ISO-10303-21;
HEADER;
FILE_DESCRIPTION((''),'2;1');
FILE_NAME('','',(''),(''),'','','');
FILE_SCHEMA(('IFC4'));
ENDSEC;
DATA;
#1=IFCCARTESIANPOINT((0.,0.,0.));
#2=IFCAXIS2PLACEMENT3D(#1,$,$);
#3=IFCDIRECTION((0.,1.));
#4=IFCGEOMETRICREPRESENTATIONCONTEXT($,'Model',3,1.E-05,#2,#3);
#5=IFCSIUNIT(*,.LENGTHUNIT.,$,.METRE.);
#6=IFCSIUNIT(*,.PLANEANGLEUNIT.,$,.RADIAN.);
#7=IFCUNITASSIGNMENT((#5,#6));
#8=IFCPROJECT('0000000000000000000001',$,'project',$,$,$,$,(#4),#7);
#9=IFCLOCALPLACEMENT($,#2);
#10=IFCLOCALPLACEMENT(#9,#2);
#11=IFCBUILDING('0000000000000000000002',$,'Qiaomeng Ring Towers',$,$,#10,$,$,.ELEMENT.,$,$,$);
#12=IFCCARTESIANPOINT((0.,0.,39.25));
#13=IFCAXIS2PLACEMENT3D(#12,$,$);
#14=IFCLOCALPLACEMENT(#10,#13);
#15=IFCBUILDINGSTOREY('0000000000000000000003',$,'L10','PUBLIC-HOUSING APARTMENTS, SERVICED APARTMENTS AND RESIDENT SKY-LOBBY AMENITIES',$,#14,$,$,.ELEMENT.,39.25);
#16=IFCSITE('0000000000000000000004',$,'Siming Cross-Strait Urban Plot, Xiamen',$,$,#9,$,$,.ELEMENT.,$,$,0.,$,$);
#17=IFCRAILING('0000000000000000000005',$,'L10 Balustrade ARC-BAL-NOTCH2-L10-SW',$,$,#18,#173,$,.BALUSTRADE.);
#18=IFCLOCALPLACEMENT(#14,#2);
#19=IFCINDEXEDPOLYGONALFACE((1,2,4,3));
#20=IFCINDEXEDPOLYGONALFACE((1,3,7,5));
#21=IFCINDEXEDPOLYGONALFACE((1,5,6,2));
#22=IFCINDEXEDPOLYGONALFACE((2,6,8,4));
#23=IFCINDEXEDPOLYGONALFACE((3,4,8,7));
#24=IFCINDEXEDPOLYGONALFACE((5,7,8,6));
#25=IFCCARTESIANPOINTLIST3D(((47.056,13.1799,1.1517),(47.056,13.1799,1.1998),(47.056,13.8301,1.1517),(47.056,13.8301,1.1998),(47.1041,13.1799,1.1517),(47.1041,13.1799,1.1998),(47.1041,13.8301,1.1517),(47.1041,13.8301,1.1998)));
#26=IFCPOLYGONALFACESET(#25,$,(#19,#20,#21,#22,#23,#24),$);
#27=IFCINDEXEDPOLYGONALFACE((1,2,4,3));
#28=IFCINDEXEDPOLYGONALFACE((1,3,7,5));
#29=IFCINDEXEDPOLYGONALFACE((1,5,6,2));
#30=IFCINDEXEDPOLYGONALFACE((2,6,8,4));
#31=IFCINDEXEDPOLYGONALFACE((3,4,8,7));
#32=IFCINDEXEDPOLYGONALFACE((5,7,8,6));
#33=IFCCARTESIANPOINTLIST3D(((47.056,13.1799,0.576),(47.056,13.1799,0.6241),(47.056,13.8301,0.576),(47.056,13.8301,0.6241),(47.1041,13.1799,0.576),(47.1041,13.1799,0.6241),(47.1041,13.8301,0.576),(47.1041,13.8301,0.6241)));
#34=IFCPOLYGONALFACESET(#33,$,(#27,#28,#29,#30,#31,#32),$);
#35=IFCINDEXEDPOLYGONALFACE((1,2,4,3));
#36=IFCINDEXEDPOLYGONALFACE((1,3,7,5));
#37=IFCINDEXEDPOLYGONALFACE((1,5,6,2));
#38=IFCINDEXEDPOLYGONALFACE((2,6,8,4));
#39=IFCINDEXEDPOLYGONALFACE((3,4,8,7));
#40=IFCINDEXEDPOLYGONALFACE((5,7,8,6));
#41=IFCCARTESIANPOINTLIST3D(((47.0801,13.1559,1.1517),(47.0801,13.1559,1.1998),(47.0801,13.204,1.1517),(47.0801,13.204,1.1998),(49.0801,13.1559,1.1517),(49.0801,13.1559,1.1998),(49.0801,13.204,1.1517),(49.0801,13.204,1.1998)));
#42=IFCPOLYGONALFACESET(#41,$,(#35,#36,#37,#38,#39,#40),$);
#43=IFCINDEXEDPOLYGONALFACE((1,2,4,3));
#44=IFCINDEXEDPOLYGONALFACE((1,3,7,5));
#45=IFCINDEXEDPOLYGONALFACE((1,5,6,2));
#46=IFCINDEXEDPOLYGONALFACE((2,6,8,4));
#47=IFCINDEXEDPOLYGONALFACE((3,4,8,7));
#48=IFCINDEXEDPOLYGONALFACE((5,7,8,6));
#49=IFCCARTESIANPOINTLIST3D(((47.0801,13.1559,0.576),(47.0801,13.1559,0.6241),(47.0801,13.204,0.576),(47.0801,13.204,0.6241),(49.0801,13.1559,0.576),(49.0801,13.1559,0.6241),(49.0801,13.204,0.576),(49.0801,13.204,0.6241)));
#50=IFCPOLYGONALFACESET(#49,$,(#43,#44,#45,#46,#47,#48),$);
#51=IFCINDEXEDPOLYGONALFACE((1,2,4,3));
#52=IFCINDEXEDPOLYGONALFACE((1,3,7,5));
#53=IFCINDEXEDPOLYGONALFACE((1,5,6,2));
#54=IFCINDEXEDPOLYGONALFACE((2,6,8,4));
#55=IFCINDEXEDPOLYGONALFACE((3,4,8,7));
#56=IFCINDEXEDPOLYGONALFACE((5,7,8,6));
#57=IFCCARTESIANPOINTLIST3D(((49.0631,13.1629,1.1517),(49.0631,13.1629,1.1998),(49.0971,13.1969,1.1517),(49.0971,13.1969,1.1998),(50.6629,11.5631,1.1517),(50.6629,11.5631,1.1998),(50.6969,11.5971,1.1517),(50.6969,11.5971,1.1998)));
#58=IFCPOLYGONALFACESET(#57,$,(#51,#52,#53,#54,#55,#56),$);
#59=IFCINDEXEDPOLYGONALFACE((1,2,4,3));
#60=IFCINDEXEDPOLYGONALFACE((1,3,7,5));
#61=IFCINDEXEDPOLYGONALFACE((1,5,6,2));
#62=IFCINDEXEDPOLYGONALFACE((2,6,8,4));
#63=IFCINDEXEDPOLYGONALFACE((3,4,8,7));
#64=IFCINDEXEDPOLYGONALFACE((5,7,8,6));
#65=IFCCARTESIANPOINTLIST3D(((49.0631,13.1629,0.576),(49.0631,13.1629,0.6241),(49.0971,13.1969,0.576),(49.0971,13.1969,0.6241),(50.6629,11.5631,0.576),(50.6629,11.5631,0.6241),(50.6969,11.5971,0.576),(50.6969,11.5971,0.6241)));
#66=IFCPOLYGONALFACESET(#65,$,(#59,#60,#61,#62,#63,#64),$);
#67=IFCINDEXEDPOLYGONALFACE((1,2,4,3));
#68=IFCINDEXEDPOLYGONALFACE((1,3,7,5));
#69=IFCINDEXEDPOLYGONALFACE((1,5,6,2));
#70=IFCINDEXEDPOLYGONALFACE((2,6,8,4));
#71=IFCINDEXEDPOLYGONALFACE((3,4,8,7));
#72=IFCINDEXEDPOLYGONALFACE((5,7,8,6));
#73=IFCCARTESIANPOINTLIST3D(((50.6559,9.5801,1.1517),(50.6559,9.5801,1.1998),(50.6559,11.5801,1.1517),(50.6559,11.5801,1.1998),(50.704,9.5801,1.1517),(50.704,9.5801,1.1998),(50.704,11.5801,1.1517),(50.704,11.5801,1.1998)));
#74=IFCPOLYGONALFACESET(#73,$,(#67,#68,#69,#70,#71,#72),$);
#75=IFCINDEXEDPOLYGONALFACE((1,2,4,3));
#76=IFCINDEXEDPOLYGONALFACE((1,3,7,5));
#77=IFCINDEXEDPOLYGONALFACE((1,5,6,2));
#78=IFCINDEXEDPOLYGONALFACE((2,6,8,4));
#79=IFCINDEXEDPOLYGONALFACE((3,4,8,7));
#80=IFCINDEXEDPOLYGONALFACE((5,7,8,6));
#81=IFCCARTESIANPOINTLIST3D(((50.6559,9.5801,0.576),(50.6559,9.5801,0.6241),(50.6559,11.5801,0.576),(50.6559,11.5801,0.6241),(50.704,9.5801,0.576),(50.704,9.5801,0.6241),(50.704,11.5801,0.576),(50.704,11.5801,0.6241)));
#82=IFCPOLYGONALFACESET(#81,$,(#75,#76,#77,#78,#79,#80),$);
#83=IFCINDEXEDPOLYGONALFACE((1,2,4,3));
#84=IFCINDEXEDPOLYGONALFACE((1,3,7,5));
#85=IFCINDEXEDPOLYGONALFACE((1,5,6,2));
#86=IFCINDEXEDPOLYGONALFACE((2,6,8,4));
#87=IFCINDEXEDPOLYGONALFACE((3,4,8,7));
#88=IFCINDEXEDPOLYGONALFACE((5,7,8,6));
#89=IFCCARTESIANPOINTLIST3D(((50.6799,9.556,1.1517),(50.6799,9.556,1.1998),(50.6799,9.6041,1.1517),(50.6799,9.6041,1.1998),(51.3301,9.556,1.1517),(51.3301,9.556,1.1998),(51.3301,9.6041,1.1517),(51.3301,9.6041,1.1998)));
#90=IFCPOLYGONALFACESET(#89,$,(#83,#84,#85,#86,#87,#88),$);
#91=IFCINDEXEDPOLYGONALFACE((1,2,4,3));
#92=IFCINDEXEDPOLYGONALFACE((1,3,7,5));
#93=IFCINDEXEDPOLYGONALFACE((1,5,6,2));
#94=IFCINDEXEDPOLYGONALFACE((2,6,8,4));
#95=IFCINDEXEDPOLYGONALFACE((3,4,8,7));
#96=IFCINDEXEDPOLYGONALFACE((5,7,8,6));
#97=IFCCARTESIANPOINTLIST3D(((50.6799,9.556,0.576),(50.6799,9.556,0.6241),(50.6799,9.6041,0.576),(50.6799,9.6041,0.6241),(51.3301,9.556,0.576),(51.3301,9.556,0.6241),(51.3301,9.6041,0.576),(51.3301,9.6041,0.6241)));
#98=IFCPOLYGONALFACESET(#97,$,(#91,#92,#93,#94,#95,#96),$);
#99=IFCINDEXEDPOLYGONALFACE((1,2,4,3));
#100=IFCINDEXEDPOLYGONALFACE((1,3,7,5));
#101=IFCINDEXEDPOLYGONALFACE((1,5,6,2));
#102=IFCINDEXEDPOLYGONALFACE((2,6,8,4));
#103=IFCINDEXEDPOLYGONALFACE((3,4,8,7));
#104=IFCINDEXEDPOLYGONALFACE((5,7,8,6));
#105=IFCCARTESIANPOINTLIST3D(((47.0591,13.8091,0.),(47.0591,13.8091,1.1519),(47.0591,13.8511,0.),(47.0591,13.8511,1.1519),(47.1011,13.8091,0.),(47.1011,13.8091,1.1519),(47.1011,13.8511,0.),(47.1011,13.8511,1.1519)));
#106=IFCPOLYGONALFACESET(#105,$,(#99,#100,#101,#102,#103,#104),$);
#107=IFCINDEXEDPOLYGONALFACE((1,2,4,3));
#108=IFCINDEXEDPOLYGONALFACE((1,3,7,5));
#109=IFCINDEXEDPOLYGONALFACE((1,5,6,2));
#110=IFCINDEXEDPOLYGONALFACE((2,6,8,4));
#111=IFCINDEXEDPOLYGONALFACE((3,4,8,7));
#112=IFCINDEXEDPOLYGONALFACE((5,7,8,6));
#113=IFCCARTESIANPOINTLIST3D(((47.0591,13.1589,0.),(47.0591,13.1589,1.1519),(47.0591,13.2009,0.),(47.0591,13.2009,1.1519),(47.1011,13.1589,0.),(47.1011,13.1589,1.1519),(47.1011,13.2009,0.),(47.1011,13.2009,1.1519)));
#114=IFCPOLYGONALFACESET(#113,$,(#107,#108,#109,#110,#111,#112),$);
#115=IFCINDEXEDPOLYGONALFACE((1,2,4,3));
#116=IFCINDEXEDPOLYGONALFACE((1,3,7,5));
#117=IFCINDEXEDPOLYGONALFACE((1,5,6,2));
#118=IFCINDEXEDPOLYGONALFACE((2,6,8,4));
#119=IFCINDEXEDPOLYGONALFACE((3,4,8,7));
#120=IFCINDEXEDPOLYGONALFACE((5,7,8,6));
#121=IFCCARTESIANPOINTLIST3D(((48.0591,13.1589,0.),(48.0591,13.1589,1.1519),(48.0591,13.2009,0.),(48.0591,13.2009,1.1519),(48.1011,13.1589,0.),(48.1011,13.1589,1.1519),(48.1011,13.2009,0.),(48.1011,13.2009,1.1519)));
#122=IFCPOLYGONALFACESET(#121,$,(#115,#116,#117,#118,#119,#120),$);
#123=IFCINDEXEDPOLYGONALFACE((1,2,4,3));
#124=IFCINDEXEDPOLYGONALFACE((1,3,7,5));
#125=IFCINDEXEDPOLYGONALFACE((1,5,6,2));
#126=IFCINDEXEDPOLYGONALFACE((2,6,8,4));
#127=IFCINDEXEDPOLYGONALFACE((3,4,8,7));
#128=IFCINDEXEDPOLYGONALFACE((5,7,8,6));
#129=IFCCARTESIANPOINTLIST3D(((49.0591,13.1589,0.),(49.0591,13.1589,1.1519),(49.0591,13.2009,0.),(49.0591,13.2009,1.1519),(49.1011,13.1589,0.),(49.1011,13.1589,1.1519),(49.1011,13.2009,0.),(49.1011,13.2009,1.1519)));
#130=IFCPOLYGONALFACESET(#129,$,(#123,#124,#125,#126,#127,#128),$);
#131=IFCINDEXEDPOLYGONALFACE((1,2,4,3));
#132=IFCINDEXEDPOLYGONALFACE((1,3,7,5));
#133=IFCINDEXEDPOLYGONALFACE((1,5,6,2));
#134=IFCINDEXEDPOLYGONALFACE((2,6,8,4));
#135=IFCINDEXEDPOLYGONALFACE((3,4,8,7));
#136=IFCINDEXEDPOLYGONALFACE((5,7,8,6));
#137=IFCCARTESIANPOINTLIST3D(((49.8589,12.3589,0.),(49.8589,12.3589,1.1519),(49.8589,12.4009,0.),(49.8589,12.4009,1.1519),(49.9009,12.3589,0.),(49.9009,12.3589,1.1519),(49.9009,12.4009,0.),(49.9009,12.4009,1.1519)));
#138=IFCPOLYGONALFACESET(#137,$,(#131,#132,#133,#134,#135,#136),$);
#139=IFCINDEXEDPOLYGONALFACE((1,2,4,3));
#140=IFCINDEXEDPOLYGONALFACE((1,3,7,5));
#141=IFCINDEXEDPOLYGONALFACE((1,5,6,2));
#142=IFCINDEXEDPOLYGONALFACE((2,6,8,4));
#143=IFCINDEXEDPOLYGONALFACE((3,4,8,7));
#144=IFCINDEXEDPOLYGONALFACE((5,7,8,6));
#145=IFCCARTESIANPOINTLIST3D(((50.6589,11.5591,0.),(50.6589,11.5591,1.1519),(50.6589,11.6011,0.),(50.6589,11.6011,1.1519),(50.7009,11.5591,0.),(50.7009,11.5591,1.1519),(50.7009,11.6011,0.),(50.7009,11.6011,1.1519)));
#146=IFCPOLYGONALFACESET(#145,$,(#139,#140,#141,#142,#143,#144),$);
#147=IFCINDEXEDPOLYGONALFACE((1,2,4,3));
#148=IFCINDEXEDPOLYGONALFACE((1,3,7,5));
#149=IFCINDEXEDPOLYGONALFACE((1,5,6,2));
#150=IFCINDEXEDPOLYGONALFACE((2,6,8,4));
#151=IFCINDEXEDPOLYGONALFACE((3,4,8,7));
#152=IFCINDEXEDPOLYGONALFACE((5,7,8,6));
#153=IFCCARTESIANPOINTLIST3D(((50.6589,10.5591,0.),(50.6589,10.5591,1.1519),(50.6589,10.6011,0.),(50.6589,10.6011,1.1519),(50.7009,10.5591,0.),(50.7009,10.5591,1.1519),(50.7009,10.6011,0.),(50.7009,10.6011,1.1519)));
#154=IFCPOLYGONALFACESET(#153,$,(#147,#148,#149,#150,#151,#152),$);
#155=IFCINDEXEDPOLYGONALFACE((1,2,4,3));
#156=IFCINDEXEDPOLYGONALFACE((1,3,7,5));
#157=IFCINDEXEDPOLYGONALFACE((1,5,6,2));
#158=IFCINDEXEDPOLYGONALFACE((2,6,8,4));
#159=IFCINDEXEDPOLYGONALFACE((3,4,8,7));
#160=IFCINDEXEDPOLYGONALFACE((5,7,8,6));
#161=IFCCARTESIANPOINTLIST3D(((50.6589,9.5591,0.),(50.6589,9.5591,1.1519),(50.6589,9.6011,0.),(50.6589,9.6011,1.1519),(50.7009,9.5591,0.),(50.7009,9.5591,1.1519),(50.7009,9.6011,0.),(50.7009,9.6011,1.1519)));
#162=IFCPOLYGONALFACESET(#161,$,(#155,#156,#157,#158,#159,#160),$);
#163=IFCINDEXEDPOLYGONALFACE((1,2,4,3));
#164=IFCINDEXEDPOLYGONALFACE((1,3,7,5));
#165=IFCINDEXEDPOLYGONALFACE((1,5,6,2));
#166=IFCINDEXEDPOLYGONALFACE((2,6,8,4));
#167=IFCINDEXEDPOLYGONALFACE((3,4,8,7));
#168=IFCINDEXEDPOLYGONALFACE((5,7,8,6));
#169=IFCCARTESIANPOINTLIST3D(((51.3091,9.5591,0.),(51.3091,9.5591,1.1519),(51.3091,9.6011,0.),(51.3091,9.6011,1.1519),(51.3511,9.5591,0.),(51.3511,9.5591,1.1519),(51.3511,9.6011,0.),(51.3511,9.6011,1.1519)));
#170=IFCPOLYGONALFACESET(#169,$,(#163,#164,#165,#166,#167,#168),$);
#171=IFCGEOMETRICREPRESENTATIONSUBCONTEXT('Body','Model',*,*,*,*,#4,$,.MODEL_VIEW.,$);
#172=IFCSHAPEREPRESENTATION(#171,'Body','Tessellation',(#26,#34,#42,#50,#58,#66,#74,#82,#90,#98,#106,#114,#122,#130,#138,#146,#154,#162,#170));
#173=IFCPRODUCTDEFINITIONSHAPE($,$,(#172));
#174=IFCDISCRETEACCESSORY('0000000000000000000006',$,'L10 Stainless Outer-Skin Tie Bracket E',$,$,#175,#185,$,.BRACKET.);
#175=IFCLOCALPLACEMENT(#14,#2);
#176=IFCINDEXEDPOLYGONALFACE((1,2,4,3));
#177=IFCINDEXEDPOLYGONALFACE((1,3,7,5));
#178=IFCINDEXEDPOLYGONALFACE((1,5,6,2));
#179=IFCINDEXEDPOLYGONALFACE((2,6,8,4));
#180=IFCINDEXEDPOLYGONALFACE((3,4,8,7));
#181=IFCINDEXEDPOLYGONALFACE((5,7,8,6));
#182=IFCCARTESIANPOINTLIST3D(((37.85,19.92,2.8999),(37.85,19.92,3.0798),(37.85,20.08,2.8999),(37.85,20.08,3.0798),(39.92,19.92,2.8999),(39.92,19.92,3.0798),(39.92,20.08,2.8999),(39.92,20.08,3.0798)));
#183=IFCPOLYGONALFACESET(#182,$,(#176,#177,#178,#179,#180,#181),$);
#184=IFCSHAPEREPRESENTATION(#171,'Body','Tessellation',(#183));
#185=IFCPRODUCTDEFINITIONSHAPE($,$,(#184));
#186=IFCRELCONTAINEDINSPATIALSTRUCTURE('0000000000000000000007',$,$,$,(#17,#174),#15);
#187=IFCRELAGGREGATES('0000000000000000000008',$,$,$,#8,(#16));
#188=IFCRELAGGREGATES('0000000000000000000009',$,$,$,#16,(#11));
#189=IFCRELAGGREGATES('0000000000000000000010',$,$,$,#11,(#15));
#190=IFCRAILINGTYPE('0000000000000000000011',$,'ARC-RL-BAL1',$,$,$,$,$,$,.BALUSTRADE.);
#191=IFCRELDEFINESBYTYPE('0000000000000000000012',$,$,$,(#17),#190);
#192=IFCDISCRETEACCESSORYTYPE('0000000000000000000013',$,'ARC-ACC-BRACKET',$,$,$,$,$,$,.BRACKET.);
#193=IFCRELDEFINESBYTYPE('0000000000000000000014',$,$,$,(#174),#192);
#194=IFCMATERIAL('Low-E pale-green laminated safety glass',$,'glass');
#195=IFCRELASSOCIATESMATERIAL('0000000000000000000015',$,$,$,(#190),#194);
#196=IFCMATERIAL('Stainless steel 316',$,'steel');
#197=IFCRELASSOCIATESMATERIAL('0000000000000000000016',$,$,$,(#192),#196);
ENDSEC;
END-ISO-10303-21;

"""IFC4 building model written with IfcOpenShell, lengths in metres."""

from ifc_helpers import new_model, si_unit, direction, frame, origin, origin_2d, place, context, subcontext, project, spatial, rectangle, extrude, source, transform, mapped, material, type_object, element, save


model = new_model("IFC4")

# Units and contexts
model_context = context("Model", 3, precision=1e-05, world=origin(), true_north=direction((0.0, 1.0)))
body_context = subcontext(model_context, "Body", "Model", "MODEL_VIEW")
ifc_project = project(units=[si_unit("LENGTHUNIT", "METRE"), si_unit("PLANEANGLEUNIT", "RADIAN")], contexts=[model_context])

# Site, building, storey
site_placement = place(None, origin())
site = spatial("IfcSite", under=ifc_project, at=site_placement, Name="Siming Cross-Strait Urban Plot, Xiamen", CompositionType="ELEMENT", RefElevation=0.0)
building_placement = place(site_placement, origin())
building = spatial("IfcBuilding", under=site, at=building_placement, Name="Qiaomeng Ring Towers", CompositionType="ELEMENT")
storey_placement = place(building_placement, frame((0.0, 0.0, 39.25)))
storey = spatial("IfcBuildingStorey", under=building, at=storey_placement, Name="L10", Description="PUBLIC-HOUSING APARTMENTS, SERVICED APARTMENTS AND RESIDENT SKY-LOBBY AMENITIES", CompositionType="ELEMENT", Elevation=39.25)

# Shared definitions
ifc_material_1 = material(Name="Stainless steel 316", Category="steel")

# Railing
ifc_material_2 = material(Name="Low-E pale-green laminated safety glass", Category="glass")
railing_type = type_object("IfcRailingType", Name="ARC-RL-BAL1", PredefinedType="BALUSTRADE", material=ifc_material_2)
railing_1_placement = place(storey_placement, frame((47.0801, 13.8301, 0.0)))
element("IfcRailing", 1, at=railing_1_placement, inside=storey, type_object=railing_type, Name="L10 Balustrade ARC-BAL-NOTCH2-L10-SW", PredefinedType="BALUSTRADE", context=body_context, shape_type="SweptSolid", body=[
    extrude(rectangle(XDim=0.0481, YDim=0.0481, at=origin_2d()), frame((0.0, 0.0, 1.1758), z_axis=(0.0, -1.0, 0.0), x_axis=(1.0, 0.0, 0.0)), (0.0, 0.0, 1.0), 0.6501),
    extrude(rectangle(XDim=0.0481, YDim=0.0481, at=origin_2d()), frame((0.0, 0.0, 0.6001), z_axis=(0.0, -1.0, 0.0), x_axis=(1.0, 0.0, 0.0)), (0.0, 0.0, 1.0), 0.6501),
    extrude(rectangle(XDim=0.0481, YDim=0.0481, at=origin_2d()), frame((0.0, -0.6501, 1.1758), z_axis=(1.0, 0.0, 0.0), x_axis=(0.0, 1.0, 0.0)), (0.0, 0.0, 1.0), 2.0),
    extrude(rectangle(XDim=0.0481, YDim=0.0481, at=origin_2d()), frame((0.0, -0.6501, 0.6001), z_axis=(1.0, 0.0, 0.0), x_axis=(0.0, 1.0, 0.0)), (0.0, 0.0, 1.0), 2.0),
    extrude(rectangle(XDim=0.0481, YDim=0.0481, at=origin_2d()), frame((2.0, -0.6501, 1.1758), z_axis=(0.707107, -0.707107, 0.0), x_axis=(0.707107, 0.707107, 0.0)), (0.0, 0.0, 1.0), 2.2625),
    extrude(rectangle(XDim=0.0481, YDim=0.0481, at=origin_2d()), frame((2.0, -0.6501, 0.6001), z_axis=(0.707107, -0.707107, 0.0), x_axis=(0.707107, 0.707107, 0.0)), (0.0, 0.0, 1.0), 2.2625),
    extrude(rectangle(XDim=0.0481, YDim=0.0481, at=origin_2d()), frame((3.5999, -2.25, 1.1758), z_axis=(0.0, -1.0, 0.0), x_axis=(1.0, 0.0, 0.0)), (0.0, 0.0, 1.0), 2.0),
    extrude(rectangle(XDim=0.0481, YDim=0.0481, at=origin_2d()), frame((3.5999, -2.25, 0.6001), z_axis=(0.0, -1.0, 0.0), x_axis=(1.0, 0.0, 0.0)), (0.0, 0.0, 1.0), 2.0),
    extrude(rectangle(XDim=0.0481, YDim=0.0481, at=origin_2d()), frame((3.5999, -4.25, 1.1758), z_axis=(1.0, 0.0, 0.0), x_axis=(0.0, 1.0, 0.0)), (0.0, 0.0, 1.0), 0.6501),
    extrude(rectangle(XDim=0.0481, YDim=0.0481, at=origin_2d()), frame((3.5999, -4.25, 0.6001), z_axis=(1.0, 0.0, 0.0), x_axis=(0.0, 1.0, 0.0)), (0.0, 0.0, 1.0), 0.6501),
    extrude(rectangle(XDim=0.042, YDim=0.042, at=origin_2d()), origin(), (0.0, 0.0, 1.0), 1.1519),
    extrude(rectangle(XDim=0.042, YDim=0.042, at=origin_2d()), frame((0.0, -0.6501, 0.0)), (0.0, 0.0, 1.0), 1.1519),
    extrude(rectangle(XDim=0.042, YDim=0.042, at=origin_2d()), frame((1.0, -0.6501, 0.0)), (0.0, 0.0, 1.0), 1.1519),
    extrude(rectangle(XDim=0.042, YDim=0.042, at=origin_2d()), frame((2.0, -0.6501, 0.0)), (0.0, 0.0, 1.0), 1.1519),
    extrude(rectangle(XDim=0.042, YDim=0.042, at=origin_2d()), frame((2.7998, -1.4502, 0.0)), (0.0, 0.0, 1.0), 1.1519),
    extrude(rectangle(XDim=0.042, YDim=0.042, at=origin_2d()), frame((3.5999, -2.25, 0.0)), (0.0, 0.0, 1.0), 1.1519),
    extrude(rectangle(XDim=0.042, YDim=0.042, at=origin_2d()), frame((3.5999, -3.25, 0.0)), (0.0, 0.0, 1.0), 1.1519),
    extrude(rectangle(XDim=0.042, YDim=0.042, at=origin_2d()), frame((3.5999, -4.25, 0.0)), (0.0, 0.0, 1.0), 1.1519),
    extrude(rectangle(XDim=0.042, YDim=0.042, at=origin_2d()), frame((4.25, -4.25, 0.0)), (0.0, 0.0, 1.0), 1.1519),
])

# Discrete accessory
discrete_accessory_type = type_object("IfcDiscreteAccessoryType", Name="ARC-ACC-BRACKET", PredefinedType="BRACKET", material=ifc_material_1)
shared_shape_1 = source(origin(), body_context, "Body", "SweptSolid", [
    extrude(rectangle(XDim=2.0701, YDim=0.1599, at=origin_2d()), origin(), (0.0, 0.0, 1.0), 0.1799),
])
discrete_accessory_placement = place(storey_placement, frame((38.885, 20.0, 2.8999), z_axis=(0.0, 0.0, 1.0), x_axis=(1.0, 0.0, 0.0)))
element("IfcDiscreteAccessory", 2, at=discrete_accessory_placement, inside=storey, type_object=discrete_accessory_type, Name="L10 Stainless Outer-Skin Tie Bracket E", PredefinedType="BRACKET", context=body_context, shape_type="MappedRepresentation", body=[
    mapped(shared_shape_1, transform((0.0, 0.0, 0.0), x_axis=(1.0, 0.0, 0.0), y_axis=(0.0, 1.0, 0.0), z_axis=(0.0, 0.0, 1.0), scale=1.0)),
])

save(model, "model.ifc")
